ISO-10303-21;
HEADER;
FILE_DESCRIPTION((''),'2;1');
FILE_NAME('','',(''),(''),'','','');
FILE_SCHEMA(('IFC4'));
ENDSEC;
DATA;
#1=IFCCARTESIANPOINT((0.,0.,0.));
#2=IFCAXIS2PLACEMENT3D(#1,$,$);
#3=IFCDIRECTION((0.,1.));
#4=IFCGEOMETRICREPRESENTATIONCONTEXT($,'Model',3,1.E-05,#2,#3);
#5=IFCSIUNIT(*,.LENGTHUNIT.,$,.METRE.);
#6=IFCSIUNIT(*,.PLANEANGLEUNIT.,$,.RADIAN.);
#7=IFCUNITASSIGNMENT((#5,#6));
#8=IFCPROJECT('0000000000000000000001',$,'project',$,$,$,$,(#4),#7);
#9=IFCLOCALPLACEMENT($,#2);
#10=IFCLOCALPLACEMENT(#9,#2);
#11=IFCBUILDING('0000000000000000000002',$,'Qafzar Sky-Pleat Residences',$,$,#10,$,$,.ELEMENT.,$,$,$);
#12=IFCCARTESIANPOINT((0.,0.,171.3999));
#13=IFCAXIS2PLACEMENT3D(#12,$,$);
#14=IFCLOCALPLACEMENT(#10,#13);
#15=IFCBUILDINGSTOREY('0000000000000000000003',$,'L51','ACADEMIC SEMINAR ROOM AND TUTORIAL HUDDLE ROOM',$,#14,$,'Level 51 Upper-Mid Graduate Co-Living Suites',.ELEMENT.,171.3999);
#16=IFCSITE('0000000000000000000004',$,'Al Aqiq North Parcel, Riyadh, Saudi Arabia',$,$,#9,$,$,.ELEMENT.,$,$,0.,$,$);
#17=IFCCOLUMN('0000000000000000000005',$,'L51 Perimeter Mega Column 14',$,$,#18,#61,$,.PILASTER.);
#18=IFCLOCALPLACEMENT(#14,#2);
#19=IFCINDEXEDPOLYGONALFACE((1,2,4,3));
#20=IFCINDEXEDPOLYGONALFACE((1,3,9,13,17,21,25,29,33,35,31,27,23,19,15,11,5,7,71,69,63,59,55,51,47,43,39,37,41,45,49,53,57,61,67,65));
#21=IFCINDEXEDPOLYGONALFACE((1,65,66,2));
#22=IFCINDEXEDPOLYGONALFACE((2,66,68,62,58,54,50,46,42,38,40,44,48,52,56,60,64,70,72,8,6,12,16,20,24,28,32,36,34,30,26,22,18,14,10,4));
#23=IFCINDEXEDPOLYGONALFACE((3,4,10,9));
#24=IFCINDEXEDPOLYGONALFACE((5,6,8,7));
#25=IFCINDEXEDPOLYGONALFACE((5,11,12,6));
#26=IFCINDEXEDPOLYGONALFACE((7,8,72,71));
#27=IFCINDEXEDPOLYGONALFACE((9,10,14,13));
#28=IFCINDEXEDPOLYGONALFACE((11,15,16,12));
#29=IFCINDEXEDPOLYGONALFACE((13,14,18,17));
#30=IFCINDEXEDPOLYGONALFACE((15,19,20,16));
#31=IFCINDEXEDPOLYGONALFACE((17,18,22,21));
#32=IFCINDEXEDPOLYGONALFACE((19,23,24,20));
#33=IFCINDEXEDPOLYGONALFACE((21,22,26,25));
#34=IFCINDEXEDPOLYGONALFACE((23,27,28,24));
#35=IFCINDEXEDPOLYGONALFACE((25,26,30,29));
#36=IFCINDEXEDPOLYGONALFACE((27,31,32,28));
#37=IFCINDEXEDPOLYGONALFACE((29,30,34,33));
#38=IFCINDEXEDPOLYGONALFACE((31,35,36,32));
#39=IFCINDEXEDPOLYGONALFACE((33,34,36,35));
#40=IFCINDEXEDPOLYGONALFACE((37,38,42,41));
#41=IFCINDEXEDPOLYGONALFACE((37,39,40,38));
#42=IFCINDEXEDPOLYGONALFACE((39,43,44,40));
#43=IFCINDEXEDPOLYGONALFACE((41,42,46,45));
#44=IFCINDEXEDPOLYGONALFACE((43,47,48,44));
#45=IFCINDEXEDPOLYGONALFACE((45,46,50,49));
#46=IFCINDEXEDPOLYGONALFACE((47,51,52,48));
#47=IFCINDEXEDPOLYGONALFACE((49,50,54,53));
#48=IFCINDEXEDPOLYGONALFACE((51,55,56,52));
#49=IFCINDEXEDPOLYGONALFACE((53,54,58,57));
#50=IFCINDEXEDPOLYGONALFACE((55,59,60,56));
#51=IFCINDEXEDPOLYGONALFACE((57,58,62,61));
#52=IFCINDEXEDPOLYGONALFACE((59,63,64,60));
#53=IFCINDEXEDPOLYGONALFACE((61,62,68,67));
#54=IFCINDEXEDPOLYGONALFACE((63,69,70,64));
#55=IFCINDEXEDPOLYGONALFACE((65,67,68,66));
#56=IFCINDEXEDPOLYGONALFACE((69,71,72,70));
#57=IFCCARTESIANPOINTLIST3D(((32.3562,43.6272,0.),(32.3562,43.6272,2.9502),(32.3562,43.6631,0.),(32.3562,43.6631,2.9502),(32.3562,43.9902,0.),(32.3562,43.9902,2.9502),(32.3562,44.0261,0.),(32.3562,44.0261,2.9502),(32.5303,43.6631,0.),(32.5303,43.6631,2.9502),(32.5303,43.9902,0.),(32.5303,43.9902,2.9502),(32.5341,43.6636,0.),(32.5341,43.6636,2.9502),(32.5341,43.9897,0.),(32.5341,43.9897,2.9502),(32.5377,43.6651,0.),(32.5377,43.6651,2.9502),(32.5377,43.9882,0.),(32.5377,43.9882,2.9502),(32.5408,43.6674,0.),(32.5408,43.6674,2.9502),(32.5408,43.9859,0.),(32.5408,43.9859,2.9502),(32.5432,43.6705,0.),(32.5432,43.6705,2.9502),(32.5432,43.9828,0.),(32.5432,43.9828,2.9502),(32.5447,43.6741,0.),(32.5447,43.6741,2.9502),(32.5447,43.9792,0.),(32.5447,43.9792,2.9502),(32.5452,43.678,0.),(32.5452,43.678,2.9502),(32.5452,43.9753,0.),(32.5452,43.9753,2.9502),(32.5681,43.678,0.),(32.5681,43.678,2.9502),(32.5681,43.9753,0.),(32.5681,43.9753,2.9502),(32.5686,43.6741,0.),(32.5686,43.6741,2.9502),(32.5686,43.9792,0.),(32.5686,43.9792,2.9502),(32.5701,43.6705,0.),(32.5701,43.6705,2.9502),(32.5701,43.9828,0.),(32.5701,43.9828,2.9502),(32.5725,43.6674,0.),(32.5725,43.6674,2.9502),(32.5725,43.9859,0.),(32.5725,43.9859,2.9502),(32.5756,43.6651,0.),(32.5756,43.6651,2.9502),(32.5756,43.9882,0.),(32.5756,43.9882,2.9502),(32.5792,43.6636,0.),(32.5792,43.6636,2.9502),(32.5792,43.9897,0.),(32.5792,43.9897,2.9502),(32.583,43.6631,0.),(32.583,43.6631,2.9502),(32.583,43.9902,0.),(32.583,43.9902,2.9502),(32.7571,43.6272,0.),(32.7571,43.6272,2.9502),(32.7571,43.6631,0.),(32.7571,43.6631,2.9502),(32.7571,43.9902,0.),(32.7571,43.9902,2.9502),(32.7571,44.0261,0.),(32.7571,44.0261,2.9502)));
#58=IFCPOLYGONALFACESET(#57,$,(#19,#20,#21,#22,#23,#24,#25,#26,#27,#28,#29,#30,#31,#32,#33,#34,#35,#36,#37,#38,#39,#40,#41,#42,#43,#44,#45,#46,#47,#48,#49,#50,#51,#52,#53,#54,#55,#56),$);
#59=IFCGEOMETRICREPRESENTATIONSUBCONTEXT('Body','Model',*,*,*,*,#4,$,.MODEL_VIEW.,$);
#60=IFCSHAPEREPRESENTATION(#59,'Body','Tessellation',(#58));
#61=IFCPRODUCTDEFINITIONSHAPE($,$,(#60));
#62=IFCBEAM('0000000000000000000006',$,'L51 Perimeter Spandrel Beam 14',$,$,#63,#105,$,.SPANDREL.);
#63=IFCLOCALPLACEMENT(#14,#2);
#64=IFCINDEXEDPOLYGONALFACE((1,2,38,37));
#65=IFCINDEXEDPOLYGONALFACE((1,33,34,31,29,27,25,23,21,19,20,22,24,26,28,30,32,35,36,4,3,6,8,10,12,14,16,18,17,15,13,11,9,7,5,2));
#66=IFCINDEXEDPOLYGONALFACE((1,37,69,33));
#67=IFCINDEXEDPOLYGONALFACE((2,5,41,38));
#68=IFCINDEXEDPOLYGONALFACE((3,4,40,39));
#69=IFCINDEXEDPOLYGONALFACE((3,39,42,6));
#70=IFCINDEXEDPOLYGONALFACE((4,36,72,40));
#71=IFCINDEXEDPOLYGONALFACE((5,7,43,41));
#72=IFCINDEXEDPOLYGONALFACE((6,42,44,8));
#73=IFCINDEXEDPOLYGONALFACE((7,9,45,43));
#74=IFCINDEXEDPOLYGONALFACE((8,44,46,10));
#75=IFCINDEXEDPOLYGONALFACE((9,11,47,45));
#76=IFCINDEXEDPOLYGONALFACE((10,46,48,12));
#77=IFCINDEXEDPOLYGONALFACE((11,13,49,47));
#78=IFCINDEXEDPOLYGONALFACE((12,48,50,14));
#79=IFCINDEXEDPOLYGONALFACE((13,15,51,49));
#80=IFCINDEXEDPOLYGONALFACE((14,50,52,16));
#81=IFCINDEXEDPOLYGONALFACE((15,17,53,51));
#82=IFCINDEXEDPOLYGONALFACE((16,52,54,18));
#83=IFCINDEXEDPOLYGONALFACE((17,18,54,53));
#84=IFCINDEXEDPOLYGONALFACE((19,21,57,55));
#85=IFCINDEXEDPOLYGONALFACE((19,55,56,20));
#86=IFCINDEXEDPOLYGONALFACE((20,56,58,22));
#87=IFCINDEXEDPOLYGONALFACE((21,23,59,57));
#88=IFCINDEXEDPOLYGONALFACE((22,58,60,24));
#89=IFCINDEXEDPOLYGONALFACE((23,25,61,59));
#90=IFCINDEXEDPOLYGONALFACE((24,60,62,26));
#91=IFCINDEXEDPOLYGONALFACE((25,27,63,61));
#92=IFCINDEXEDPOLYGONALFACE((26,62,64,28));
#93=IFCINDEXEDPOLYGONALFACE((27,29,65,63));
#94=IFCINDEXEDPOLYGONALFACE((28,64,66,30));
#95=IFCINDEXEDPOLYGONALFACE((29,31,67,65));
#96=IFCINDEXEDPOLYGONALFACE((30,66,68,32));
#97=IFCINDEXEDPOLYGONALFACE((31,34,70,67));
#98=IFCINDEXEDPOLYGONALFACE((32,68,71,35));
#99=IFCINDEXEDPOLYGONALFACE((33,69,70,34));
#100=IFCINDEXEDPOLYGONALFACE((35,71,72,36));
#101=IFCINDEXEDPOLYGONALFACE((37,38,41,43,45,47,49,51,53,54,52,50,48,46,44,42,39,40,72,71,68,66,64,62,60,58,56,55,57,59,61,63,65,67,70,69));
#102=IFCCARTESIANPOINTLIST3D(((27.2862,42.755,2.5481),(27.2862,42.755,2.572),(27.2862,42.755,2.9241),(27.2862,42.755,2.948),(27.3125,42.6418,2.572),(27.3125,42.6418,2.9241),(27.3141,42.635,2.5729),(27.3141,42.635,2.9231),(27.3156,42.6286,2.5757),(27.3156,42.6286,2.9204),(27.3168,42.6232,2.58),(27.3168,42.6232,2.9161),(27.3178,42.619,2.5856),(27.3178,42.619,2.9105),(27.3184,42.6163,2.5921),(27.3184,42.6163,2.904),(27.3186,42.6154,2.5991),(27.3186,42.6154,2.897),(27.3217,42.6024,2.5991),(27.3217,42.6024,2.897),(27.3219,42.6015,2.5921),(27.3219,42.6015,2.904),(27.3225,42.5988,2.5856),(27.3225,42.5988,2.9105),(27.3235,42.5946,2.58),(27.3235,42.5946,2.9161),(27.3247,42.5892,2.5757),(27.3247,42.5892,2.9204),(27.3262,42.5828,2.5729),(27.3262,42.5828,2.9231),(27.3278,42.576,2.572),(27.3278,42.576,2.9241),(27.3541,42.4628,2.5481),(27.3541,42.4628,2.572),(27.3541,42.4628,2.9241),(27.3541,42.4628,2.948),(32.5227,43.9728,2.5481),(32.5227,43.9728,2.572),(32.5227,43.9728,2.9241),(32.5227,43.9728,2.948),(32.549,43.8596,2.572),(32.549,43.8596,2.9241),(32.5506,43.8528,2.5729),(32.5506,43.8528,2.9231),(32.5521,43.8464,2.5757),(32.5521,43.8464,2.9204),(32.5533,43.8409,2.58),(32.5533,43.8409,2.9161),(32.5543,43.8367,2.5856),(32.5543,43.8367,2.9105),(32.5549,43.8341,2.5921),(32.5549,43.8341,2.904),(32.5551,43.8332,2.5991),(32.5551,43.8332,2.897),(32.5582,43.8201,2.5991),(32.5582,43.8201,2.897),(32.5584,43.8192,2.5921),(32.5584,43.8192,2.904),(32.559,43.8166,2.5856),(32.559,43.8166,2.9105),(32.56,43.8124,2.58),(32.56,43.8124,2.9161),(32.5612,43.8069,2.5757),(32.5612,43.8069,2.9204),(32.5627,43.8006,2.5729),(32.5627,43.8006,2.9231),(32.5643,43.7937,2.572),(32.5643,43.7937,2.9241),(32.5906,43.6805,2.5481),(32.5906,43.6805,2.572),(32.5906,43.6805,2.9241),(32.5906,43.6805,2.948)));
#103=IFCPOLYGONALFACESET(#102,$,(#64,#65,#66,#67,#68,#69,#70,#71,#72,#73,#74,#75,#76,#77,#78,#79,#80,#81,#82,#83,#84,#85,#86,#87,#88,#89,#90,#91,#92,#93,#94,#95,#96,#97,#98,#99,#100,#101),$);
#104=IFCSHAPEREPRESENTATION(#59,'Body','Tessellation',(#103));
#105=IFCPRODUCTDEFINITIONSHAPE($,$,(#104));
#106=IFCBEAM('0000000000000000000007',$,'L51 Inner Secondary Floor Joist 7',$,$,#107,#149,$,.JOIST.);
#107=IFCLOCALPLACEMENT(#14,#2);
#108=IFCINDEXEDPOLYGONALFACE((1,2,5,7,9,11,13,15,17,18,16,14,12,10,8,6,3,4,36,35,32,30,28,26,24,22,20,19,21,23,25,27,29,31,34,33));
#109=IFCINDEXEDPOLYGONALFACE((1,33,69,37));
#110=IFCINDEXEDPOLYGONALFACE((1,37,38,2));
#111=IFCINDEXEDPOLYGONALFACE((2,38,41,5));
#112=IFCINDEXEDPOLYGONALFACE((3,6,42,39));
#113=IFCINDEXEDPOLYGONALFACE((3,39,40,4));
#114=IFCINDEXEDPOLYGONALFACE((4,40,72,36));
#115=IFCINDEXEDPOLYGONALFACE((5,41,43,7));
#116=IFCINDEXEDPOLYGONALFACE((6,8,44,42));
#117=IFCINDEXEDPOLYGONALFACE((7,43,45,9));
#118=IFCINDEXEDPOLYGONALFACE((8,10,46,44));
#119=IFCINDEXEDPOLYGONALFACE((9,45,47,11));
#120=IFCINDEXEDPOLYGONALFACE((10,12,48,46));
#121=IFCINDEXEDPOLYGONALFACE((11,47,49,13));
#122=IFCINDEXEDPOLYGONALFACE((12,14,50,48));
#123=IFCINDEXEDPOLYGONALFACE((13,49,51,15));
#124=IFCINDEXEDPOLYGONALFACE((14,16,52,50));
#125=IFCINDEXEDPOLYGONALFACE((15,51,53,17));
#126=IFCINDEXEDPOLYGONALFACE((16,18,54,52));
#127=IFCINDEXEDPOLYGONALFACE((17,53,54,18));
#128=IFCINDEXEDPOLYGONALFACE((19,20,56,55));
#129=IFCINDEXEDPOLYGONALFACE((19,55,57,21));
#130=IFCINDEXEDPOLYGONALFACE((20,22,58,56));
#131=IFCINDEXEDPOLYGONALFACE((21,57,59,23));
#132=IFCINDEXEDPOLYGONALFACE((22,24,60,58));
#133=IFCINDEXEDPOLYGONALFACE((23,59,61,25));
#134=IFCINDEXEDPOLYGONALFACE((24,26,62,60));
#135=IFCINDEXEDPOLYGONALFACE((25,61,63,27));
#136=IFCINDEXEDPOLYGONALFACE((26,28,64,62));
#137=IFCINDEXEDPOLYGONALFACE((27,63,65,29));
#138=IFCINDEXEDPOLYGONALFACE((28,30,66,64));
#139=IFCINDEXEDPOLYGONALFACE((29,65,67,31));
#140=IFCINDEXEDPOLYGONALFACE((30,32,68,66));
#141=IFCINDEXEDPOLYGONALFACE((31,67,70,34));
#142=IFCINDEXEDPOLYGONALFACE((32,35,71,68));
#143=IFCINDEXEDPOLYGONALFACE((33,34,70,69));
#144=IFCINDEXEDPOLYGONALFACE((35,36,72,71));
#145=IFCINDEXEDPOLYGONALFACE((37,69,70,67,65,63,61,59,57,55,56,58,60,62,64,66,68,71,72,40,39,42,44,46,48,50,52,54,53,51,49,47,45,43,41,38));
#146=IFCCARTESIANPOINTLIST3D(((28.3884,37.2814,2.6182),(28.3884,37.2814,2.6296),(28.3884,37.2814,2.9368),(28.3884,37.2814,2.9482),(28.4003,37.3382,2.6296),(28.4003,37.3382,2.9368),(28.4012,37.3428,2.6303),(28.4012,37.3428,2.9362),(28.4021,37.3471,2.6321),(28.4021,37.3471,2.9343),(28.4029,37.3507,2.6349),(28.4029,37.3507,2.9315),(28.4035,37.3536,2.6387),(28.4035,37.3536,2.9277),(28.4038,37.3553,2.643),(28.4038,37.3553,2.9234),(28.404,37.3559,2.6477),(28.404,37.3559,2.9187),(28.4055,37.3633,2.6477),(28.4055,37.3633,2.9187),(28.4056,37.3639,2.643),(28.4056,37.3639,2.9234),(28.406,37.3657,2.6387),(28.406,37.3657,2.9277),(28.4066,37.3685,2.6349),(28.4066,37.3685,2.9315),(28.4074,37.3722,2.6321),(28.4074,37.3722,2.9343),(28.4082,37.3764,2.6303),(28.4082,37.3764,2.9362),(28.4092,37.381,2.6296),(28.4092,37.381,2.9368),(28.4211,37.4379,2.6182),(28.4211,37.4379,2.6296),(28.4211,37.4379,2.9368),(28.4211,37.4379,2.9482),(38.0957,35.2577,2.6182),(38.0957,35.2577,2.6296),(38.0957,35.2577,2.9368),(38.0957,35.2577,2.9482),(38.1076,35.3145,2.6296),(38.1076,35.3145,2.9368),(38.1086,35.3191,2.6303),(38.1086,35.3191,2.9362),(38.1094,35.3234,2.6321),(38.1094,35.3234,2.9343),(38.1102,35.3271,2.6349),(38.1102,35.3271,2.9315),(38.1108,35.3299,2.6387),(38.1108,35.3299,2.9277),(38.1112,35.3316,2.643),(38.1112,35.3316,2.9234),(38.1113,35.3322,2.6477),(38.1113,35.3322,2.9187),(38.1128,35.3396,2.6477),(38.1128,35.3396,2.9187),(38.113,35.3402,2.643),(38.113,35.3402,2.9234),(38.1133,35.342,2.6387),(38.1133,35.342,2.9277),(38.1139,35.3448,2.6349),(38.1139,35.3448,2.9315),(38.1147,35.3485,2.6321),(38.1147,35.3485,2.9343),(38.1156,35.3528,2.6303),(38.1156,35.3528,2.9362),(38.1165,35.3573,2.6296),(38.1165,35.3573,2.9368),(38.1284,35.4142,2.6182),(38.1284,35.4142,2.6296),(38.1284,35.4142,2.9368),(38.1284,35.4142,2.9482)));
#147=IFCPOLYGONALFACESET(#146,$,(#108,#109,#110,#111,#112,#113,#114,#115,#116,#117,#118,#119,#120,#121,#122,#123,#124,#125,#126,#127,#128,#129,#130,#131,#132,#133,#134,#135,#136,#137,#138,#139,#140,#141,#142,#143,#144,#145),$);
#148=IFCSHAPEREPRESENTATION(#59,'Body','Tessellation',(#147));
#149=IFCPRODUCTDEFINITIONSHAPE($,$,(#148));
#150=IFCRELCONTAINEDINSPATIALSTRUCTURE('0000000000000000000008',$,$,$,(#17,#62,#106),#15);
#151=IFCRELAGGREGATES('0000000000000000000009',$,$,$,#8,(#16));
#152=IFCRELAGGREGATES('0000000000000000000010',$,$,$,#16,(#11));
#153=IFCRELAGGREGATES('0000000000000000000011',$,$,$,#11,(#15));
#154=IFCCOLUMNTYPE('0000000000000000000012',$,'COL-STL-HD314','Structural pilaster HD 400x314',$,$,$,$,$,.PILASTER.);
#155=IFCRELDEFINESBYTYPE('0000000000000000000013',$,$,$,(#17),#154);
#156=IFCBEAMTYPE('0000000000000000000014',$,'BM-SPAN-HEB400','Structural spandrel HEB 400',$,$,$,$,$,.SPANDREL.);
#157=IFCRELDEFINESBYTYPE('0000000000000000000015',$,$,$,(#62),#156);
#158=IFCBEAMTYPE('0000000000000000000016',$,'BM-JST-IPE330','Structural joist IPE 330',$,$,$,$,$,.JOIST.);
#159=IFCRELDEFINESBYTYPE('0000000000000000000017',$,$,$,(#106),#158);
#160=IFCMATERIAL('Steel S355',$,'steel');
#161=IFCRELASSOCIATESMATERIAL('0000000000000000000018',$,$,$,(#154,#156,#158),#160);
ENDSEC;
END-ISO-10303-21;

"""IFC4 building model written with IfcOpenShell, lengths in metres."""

from ifc_helpers import new_model, si_unit, direction, frame, origin, origin_2d, place, context, subcontext, project, spatial, i_section, extrude, source, transform, mapped, material, material_profile, profile_set, type_object, element, save


model = new_model("IFC4")

# Units and contexts
model_context = context("Model", 3, precision=1e-05, world=origin(), true_north=direction((0.0, 1.0)))
body_context = subcontext(model_context, "Body", "Model", "MODEL_VIEW")
ifc_project = project(units=[si_unit("LENGTHUNIT", "METRE"), si_unit("PLANEANGLEUNIT", "RADIAN")], contexts=[model_context])

# Site, building, storey
site_placement = place(None, origin())
site = spatial("IfcSite", under=ifc_project, at=site_placement, Name="Al Aqiq North Parcel, Riyadh, Saudi Arabia", CompositionType="ELEMENT", RefElevation=0.0)
building_placement = place(site_placement, origin())
building = spatial("IfcBuilding", under=site, at=building_placement, Name="Qafzar Sky-Pleat Residences", CompositionType="ELEMENT")
storey_placement = place(building_placement, frame((0.0, 0.0, 171.3999)))
storey = spatial("IfcBuildingStorey", under=building, at=storey_placement, Name="L51", Description="ACADEMIC SEMINAR ROOM AND TUTORIAL HUDDLE ROOM", LongName="Level 51 Upper-Mid Graduate Co-Living Suites", CompositionType="ELEMENT", Elevation=171.3999)

# Column
ifc_material_1 = material(Name="Steel S355", Category="steel")
ifc_material_profile_1 = material_profile(ifc_material_1, i_section(OverallWidth=0.4009, OverallDepth=0.3989, WebThickness=0.0229, FlangeThickness=0.0359, FilletRadius=0.0149, at=origin_2d()), Name="HD 400x314")
ifc_profile_set_1 = profile_set([ifc_material_profile_1], Name="Steel S355")
column_type = type_object("IfcColumnType", Name="COL-STL-HD314", Description="Structural pilaster HD 400x314", PredefinedType="PILASTER", material=ifc_profile_set_1)
shared_shape_1 = source(origin(), body_context, "Body", "SweptSolid", [
    extrude(i_section(OverallWidth=0.4009, OverallDepth=0.3989, WebThickness=0.0229, FlangeThickness=0.0359, FilletRadius=0.0149, at=origin_2d()), origin(), (0.0, 0.0, 1.0), 2.9502),
])
column_placement = place(storey_placement, frame((32.5566, 43.8267, 0.0), z_axis=(0.0, 0.0, 1.0), x_axis=(1.0, 0.0, 0.0)))
element("IfcColumn", 1, at=column_placement, inside=storey, type_object=column_type, Name="L51 Perimeter Mega Column 14", PredefinedType="PILASTER", context=body_context, shape_type="MappedRepresentation", body=[
    mapped(shared_shape_1, transform((0.0, 0.0, 0.0), x_axis=(1.0, 0.0, 0.0), y_axis=(0.0, 1.0, 0.0), z_axis=(0.0, 0.0, 1.0), scale=1.0)),
])

# Beams
ifc_material_profile_2 = material_profile(ifc_material_1, i_section(OverallWidth=0.3, OverallDepth=0.3999, WebThickness=0.0134, FlangeThickness=0.0239, FilletRadius=0.0271, at=origin_2d()), Name="HEB 400")
ifc_profile_set_2 = profile_set([ifc_material_profile_2], Name="Steel S355")
beam_type_1 = type_object("IfcBeamType", Name="BM-SPAN-HEB400", Description="Structural spandrel HEB 400", PredefinedType="SPANDREL", material=ifc_profile_set_2)
shared_shape_2 = source(origin(), body_context, "Body", "SweptSolid", [
    extrude(i_section(OverallWidth=0.3, OverallDepth=0.3999, WebThickness=0.0134, FlangeThickness=0.0239, FilletRadius=0.0271, at=origin_2d()), origin(), (0.0, 0.0, 1.0), 5.3762),
])
beam_1_placement = place(storey_placement, frame((32.5566, 43.8267, 2.748), z_axis=(-0.974009, -0.226507, 0.0), x_axis=(0.226507, -0.974009, 0.0)))
element("IfcBeam", 2, at=beam_1_placement, inside=storey, type_object=beam_type_1, Name="L51 Perimeter Spandrel Beam 14", PredefinedType="SPANDREL", context=body_context, shape_type="MappedRepresentation", body=[
    mapped(shared_shape_2, transform((0.0, 0.0, 0.0), x_axis=(1.0, 0.0, 0.0), y_axis=(0.0, 1.0, 0.0), z_axis=(0.0, 0.0, 1.0), scale=1.0)),
])
ifc_material_profile_3 = material_profile(ifc_material_1, i_section(OverallWidth=0.1599, OverallDepth=0.3301, WebThickness=0.0076, FlangeThickness=0.0115, FilletRadius=0.0181, at=origin_2d()), Name="IPE 330")
ifc_profile_set_3 = profile_set([ifc_material_profile_3], Name="Steel S355")
beam_type_2 = type_object("IfcBeamType", Name="BM-JST-IPE330", Description="Structural joist IPE 330", PredefinedType="JOIST", material=ifc_profile_set_3)
shared_shape_3 = source(origin(), body_context, "Body", "SweptSolid", [
    extrude(i_section(OverallWidth=0.1599, OverallDepth=0.3301, WebThickness=0.0076, FlangeThickness=0.0115, FilletRadius=0.0181, at=origin_2d()), origin(), (0.0, 0.0, 1.0), 9.916),
])
beam_2_placement = place(storey_placement, frame((38.1121, 35.3359, 2.7832), z_axis=(-0.978954, 0.204083, 0.0), x_axis=(-0.204083, -0.978954, 0.0)))
element("IfcBeam", 3, at=beam_2_placement, inside=storey, type_object=beam_type_2, Name="L51 Inner Secondary Floor Joist 7", PredefinedType="JOIST", context=body_context, shape_type="MappedRepresentation", body=[
    mapped(shared_shape_3, transform((0.0, 0.0, 0.0), x_axis=(1.0, 0.0, 0.0), y_axis=(0.0, 1.0, 0.0), z_axis=(0.0, 0.0, 1.0), scale=1.0)),
])

save(model, "model.ifc")
